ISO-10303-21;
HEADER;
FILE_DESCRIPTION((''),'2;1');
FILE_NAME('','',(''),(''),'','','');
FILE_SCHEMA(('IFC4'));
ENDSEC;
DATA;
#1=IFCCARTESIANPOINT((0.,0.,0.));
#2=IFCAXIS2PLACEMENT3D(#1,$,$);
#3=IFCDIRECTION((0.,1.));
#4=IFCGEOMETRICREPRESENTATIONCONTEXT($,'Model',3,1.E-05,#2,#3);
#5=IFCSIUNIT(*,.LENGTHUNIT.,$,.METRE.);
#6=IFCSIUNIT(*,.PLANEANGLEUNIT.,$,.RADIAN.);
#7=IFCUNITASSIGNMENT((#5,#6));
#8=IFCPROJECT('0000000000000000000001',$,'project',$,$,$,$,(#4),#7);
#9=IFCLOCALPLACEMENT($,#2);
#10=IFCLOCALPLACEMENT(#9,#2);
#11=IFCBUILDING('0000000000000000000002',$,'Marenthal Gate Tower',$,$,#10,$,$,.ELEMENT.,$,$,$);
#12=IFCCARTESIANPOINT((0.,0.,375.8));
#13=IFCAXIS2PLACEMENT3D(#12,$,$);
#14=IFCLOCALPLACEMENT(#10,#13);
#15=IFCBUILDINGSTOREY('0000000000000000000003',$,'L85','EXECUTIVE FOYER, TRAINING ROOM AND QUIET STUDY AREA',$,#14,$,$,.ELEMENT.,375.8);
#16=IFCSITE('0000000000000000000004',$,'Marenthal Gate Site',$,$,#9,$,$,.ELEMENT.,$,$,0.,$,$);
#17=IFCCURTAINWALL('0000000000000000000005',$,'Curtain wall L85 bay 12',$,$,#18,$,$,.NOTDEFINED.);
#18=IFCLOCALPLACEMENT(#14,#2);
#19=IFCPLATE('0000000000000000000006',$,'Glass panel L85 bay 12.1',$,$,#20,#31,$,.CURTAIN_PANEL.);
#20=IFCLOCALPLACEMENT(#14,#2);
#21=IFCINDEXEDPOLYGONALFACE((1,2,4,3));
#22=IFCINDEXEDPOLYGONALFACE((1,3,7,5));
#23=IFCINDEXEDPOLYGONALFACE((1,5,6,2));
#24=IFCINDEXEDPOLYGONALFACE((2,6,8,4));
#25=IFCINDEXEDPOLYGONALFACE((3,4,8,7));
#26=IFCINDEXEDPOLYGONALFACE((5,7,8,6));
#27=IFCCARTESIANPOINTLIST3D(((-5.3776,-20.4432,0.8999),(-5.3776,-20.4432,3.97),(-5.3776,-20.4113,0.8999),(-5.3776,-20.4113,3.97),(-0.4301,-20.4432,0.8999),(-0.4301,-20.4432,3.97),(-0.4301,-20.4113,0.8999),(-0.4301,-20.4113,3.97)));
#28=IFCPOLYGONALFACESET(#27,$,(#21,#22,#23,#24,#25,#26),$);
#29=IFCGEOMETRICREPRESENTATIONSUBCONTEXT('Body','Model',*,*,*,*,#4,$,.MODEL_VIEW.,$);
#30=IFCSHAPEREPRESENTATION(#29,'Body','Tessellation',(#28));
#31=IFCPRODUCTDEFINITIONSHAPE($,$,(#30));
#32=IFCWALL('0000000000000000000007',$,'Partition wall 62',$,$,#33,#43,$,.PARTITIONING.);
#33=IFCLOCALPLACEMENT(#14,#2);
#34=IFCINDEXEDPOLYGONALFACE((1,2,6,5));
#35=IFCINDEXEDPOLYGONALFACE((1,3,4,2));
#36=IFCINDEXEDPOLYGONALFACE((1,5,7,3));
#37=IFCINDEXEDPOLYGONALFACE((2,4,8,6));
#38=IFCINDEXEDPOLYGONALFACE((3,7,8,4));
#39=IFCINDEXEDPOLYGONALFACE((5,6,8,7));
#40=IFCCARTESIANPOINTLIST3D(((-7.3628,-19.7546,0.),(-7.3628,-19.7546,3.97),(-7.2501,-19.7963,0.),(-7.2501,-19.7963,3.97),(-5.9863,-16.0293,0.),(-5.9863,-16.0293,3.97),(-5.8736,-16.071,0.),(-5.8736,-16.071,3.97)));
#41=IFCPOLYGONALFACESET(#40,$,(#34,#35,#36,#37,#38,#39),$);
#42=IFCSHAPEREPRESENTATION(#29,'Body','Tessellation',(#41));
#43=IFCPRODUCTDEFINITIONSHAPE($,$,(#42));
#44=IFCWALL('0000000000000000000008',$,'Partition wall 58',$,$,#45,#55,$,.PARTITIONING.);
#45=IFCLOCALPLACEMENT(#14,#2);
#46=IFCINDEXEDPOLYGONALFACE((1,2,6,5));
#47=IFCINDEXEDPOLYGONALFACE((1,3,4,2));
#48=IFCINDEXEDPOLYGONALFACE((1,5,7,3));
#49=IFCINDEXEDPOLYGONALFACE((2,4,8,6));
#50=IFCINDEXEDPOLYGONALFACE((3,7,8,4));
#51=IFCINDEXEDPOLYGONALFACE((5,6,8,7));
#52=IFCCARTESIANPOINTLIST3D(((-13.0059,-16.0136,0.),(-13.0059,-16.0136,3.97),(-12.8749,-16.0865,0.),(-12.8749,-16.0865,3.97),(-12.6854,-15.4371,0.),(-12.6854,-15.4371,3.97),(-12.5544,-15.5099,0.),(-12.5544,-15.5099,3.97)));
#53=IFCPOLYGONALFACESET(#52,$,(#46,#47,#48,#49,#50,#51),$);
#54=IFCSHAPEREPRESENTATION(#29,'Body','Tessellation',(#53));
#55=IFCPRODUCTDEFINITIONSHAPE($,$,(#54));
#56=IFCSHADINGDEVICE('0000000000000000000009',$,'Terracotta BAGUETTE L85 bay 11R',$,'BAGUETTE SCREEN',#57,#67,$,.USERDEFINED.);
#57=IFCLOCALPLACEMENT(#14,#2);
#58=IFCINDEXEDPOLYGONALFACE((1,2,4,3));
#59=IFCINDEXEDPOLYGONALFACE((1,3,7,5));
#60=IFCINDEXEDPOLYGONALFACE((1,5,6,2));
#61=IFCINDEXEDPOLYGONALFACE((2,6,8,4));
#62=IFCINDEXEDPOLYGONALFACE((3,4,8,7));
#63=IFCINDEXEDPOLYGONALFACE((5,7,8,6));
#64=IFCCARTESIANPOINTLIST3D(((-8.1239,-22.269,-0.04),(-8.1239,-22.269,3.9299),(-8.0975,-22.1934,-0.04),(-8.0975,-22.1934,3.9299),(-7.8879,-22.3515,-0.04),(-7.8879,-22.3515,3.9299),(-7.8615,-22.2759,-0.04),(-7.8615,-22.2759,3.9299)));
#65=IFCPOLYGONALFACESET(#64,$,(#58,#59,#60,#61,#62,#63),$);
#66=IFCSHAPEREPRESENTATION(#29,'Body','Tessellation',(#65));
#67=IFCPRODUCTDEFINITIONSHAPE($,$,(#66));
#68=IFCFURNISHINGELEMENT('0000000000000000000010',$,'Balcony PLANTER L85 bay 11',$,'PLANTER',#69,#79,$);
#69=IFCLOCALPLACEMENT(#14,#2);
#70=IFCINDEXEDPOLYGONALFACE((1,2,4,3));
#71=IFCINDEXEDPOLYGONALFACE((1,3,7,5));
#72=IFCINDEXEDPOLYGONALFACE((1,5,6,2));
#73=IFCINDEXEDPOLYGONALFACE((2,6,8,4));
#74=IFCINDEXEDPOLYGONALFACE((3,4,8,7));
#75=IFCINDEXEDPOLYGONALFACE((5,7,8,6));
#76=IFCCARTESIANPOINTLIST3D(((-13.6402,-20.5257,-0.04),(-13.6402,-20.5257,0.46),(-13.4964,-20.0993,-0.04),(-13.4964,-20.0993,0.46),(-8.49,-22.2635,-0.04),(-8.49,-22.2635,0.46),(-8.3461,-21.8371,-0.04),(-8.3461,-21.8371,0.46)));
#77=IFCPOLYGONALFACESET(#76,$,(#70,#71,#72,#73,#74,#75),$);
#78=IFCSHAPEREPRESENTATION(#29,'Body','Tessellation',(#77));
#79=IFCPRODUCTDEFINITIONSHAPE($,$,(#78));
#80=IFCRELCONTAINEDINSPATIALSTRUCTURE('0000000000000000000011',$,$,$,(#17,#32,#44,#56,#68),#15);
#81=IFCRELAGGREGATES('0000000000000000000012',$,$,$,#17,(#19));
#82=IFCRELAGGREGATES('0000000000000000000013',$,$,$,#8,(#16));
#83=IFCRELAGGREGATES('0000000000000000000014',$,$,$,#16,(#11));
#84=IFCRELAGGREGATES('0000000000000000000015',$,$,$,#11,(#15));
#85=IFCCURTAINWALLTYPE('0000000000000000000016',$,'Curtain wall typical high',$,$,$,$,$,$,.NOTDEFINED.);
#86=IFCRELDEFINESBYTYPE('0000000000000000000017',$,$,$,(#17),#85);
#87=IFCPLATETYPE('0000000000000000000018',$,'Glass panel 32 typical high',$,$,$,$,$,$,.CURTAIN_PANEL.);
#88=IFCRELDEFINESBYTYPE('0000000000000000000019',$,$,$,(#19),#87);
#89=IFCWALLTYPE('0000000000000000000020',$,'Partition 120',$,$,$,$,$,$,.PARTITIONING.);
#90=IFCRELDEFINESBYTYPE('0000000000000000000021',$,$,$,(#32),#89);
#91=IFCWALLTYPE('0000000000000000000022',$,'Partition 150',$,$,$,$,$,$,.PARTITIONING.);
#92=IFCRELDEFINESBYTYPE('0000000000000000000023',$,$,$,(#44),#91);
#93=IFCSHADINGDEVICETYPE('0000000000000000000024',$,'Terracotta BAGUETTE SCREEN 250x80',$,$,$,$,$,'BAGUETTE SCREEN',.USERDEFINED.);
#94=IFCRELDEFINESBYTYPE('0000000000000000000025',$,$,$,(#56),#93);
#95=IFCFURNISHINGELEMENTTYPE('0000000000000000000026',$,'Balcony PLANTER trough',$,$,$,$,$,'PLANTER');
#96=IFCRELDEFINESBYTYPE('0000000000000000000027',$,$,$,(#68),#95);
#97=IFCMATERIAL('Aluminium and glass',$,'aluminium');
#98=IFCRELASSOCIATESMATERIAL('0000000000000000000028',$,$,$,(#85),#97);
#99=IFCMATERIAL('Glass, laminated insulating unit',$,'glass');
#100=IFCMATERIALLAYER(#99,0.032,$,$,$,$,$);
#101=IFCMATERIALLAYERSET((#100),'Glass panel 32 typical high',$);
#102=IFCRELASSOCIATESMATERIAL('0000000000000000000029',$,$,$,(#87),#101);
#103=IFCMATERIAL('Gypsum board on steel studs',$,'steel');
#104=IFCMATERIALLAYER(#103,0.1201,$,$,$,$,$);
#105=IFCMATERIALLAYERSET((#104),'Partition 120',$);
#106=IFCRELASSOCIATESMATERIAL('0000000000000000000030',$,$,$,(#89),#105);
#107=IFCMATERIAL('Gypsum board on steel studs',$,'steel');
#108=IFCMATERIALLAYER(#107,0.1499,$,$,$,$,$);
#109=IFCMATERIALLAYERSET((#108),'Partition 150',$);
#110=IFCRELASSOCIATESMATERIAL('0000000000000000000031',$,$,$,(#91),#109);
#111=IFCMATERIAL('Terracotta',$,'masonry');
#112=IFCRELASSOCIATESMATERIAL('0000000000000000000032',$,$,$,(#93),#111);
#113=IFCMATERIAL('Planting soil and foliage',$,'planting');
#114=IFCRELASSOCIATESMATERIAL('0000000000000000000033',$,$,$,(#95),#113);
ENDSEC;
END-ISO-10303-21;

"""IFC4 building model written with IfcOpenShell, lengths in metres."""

from ifc_helpers import new_model, si_unit, direction, frame, frame_2d, origin, origin_2d, place, context, subcontext, project, spatial, rectangle, extrude, material, layer, layer_set, material_profile, profile_set, type_object, element, aggregate, save


model = new_model("IFC4")

# Units and contexts
model_context = context("Model", 3, precision=1e-05, world=origin(), true_north=direction((0.0, 1.0)))
body_context = subcontext(model_context, "Body", "Model", "MODEL_VIEW")
ifc_project = project(units=[si_unit("LENGTHUNIT", "METRE"), si_unit("PLANEANGLEUNIT", "RADIAN")], contexts=[model_context])

# Site, building, storey
site_placement = place(None, origin())
site = spatial("IfcSite", under=ifc_project, at=site_placement, Name="Marenthal Gate Site", CompositionType="ELEMENT", RefElevation=0.0)
building_placement = place(site_placement, origin())
building = spatial("IfcBuilding", under=site, at=building_placement, Name="Marenthal Gate Tower", CompositionType="ELEMENT")
storey_placement = place(building_placement, frame((0.0, 0.0, 375.8)))
storey = spatial("IfcBuildingStorey", under=building, at=storey_placement, Name="L85", Description="EXECUTIVE FOYER, TRAINING ROOM AND QUIET STUDY AREA", CompositionType="ELEMENT", Elevation=375.8)

# Curtain wall
ifc_material_1 = material(Name="Aluminium and glass", Category="aluminium")
curtain_wall_type = type_object("IfcCurtainWallType", Name="Curtain wall typical high", PredefinedType="NOTDEFINED", material=ifc_material_1)
curtain_wall_placement = place(storey_placement, origin())
curtain_wall = element("IfcCurtainWall", 1, at=curtain_wall_placement, inside=storey, type_object=curtain_wall_type, Name="Curtain wall L85 bay 12", PredefinedType="NOTDEFINED")

# Plate
ifc_material_2 = material(Name="Glass, laminated insulating unit", Category="glass")
ifc_layer_1 = layer(ifc_material_2, 0.032)
ifc_layer_set_1 = layer_set([ifc_layer_1], Name="Glass panel 32 typical high")
plate_type = type_object("IfcPlateType", Name="Glass panel 32 typical high", PredefinedType="CURTAIN_PANEL", material=ifc_layer_set_1)
plate_placement = place(storey_placement, frame((-2.9038, -20.4272, 0.8999), z_axis=(0.0, 0.0, 1.0), x_axis=(1.0, 0.0, 0.0)))
plate = element("IfcPlate", 2, at=plate_placement, type_object=plate_type, Name="Glass panel L85 bay 12.1", PredefinedType="CURTAIN_PANEL", context=body_context, shape_type="SweptSolid", body=[
    extrude(rectangle(XDim=4.9475, YDim=0.032, at=origin_2d()), origin(), (0.0, 0.0, 1.0), 3.0701),
])
aggregate(curtain_wall, [plate])

# Walls
ifc_material_3 = material(Name="Gypsum board on steel studs", Category="steel")
ifc_layer_2 = layer(ifc_material_3, 0.1201)
ifc_layer_set_2 = layer_set([ifc_layer_2], Name="Partition 120")
wall_type_1 = type_object("IfcWallType", Name="Partition 120", PredefinedType="PARTITIONING", material=ifc_layer_set_2)
wall_1_placement = place(storey_placement, frame((-5.9299, -16.05, 0.0), z_axis=(0.0, 0.0, 1.0), x_axis=(-0.346585, -0.938018, 0.0)))
element("IfcWall", 3, at=wall_1_placement, inside=storey, type_object=wall_type_1, Name="Partition wall 62", PredefinedType="PARTITIONING", context=body_context, shape_type="SweptSolid", body=[
    extrude(rectangle(XDim=3.9714, YDim=0.1201, at=frame_2d((1.9858, 0.0))), origin(), (0.0, 0.0, 1.0), 3.97),
])
ifc_material_4 = material(Name="Gypsum board on steel studs", Category="steel")
ifc_layer_3 = layer(ifc_material_4, 0.1499)
ifc_layer_set_3 = layer_set([ifc_layer_3], Name="Partition 150")
wall_type_2 = type_object("IfcWallType", Name="Partition 150", PredefinedType="PARTITIONING", material=ifc_layer_set_3)
wall_2_placement = place(storey_placement, frame((-12.9404, -16.05, 0.0), z_axis=(0.0, 0.0, 1.0), x_axis=(0.485863, 0.874035, 0.0)))
element("IfcWall", 4, at=wall_2_placement, inside=storey, type_object=wall_type_2, Name="Partition wall 58", PredefinedType="PARTITIONING", context=body_context, shape_type="SweptSolid", body=[
    extrude(rectangle(XDim=0.6597, YDim=0.1499, at=frame_2d((0.3298, 0.0))), origin(), (0.0, 0.0, 1.0), 3.97),
])

# Shading device
ifc_material_5 = material(Name="Terracotta", Category="masonry")
ifc_material_profile_1 = material_profile(ifc_material_5, rectangle(XDim=0.25, YDim=0.0801, at=origin_2d()), Name="Terracotta baguette 250x80")
ifc_profile_set_1 = profile_set([ifc_material_profile_1], Name="Terracotta")
shading_device_type = type_object("IfcShadingDeviceType", Name="Terracotta BAGUETTE SCREEN 250x80", ElementType="BAGUETTE SCREEN", PredefinedType="USERDEFINED", material=ifc_profile_set_1)
shading_device_placement = place(storey_placement, frame((-7.9927, -22.2725, -0.04), z_axis=(0.0, 0.0, 1.0), x_axis=(0.944082, -0.32971, 0.0)))
element("IfcShadingDevice", 5, at=shading_device_placement, inside=storey, type_object=shading_device_type, Name="Terracotta BAGUETTE L85 bay 11R", ObjectType="BAGUETTE SCREEN", PredefinedType="USERDEFINED", context=body_context, shape_type="SweptSolid", body=[
    extrude(rectangle(XDim=0.25, YDim=0.0801, at=origin_2d()), origin(), (0.0, 0.0, 1.0), 3.97),
])

# Furnishing element
ifc_material_6 = material(Name="Planting soil and foliage", Category="planting")
furnishing_element_type = type_object("IfcFurnishingElementType", Name="Balcony PLANTER trough", ElementType="PLANTER", material=ifc_material_6)
furnishing_placement = place(storey_placement, frame((-10.9932, -21.1814, -0.04), z_axis=(0.0, 0.0, 1.0), x_axis=(0.947516, -0.319708, 0.0)))
element("IfcFurnishingElement", 6, at=furnishing_placement, inside=storey, type_object=furnishing_element_type, Name="Balcony PLANTER L85 bay 11", ObjectType="PLANTER", context=body_context, shape_type="SweptSolid", body=[
    extrude(rectangle(XDim=5.4355, YDim=0.45, at=origin_2d()), origin(), (0.0, 0.0, 1.0), 0.5),
])

save(model, "model.ifc")
